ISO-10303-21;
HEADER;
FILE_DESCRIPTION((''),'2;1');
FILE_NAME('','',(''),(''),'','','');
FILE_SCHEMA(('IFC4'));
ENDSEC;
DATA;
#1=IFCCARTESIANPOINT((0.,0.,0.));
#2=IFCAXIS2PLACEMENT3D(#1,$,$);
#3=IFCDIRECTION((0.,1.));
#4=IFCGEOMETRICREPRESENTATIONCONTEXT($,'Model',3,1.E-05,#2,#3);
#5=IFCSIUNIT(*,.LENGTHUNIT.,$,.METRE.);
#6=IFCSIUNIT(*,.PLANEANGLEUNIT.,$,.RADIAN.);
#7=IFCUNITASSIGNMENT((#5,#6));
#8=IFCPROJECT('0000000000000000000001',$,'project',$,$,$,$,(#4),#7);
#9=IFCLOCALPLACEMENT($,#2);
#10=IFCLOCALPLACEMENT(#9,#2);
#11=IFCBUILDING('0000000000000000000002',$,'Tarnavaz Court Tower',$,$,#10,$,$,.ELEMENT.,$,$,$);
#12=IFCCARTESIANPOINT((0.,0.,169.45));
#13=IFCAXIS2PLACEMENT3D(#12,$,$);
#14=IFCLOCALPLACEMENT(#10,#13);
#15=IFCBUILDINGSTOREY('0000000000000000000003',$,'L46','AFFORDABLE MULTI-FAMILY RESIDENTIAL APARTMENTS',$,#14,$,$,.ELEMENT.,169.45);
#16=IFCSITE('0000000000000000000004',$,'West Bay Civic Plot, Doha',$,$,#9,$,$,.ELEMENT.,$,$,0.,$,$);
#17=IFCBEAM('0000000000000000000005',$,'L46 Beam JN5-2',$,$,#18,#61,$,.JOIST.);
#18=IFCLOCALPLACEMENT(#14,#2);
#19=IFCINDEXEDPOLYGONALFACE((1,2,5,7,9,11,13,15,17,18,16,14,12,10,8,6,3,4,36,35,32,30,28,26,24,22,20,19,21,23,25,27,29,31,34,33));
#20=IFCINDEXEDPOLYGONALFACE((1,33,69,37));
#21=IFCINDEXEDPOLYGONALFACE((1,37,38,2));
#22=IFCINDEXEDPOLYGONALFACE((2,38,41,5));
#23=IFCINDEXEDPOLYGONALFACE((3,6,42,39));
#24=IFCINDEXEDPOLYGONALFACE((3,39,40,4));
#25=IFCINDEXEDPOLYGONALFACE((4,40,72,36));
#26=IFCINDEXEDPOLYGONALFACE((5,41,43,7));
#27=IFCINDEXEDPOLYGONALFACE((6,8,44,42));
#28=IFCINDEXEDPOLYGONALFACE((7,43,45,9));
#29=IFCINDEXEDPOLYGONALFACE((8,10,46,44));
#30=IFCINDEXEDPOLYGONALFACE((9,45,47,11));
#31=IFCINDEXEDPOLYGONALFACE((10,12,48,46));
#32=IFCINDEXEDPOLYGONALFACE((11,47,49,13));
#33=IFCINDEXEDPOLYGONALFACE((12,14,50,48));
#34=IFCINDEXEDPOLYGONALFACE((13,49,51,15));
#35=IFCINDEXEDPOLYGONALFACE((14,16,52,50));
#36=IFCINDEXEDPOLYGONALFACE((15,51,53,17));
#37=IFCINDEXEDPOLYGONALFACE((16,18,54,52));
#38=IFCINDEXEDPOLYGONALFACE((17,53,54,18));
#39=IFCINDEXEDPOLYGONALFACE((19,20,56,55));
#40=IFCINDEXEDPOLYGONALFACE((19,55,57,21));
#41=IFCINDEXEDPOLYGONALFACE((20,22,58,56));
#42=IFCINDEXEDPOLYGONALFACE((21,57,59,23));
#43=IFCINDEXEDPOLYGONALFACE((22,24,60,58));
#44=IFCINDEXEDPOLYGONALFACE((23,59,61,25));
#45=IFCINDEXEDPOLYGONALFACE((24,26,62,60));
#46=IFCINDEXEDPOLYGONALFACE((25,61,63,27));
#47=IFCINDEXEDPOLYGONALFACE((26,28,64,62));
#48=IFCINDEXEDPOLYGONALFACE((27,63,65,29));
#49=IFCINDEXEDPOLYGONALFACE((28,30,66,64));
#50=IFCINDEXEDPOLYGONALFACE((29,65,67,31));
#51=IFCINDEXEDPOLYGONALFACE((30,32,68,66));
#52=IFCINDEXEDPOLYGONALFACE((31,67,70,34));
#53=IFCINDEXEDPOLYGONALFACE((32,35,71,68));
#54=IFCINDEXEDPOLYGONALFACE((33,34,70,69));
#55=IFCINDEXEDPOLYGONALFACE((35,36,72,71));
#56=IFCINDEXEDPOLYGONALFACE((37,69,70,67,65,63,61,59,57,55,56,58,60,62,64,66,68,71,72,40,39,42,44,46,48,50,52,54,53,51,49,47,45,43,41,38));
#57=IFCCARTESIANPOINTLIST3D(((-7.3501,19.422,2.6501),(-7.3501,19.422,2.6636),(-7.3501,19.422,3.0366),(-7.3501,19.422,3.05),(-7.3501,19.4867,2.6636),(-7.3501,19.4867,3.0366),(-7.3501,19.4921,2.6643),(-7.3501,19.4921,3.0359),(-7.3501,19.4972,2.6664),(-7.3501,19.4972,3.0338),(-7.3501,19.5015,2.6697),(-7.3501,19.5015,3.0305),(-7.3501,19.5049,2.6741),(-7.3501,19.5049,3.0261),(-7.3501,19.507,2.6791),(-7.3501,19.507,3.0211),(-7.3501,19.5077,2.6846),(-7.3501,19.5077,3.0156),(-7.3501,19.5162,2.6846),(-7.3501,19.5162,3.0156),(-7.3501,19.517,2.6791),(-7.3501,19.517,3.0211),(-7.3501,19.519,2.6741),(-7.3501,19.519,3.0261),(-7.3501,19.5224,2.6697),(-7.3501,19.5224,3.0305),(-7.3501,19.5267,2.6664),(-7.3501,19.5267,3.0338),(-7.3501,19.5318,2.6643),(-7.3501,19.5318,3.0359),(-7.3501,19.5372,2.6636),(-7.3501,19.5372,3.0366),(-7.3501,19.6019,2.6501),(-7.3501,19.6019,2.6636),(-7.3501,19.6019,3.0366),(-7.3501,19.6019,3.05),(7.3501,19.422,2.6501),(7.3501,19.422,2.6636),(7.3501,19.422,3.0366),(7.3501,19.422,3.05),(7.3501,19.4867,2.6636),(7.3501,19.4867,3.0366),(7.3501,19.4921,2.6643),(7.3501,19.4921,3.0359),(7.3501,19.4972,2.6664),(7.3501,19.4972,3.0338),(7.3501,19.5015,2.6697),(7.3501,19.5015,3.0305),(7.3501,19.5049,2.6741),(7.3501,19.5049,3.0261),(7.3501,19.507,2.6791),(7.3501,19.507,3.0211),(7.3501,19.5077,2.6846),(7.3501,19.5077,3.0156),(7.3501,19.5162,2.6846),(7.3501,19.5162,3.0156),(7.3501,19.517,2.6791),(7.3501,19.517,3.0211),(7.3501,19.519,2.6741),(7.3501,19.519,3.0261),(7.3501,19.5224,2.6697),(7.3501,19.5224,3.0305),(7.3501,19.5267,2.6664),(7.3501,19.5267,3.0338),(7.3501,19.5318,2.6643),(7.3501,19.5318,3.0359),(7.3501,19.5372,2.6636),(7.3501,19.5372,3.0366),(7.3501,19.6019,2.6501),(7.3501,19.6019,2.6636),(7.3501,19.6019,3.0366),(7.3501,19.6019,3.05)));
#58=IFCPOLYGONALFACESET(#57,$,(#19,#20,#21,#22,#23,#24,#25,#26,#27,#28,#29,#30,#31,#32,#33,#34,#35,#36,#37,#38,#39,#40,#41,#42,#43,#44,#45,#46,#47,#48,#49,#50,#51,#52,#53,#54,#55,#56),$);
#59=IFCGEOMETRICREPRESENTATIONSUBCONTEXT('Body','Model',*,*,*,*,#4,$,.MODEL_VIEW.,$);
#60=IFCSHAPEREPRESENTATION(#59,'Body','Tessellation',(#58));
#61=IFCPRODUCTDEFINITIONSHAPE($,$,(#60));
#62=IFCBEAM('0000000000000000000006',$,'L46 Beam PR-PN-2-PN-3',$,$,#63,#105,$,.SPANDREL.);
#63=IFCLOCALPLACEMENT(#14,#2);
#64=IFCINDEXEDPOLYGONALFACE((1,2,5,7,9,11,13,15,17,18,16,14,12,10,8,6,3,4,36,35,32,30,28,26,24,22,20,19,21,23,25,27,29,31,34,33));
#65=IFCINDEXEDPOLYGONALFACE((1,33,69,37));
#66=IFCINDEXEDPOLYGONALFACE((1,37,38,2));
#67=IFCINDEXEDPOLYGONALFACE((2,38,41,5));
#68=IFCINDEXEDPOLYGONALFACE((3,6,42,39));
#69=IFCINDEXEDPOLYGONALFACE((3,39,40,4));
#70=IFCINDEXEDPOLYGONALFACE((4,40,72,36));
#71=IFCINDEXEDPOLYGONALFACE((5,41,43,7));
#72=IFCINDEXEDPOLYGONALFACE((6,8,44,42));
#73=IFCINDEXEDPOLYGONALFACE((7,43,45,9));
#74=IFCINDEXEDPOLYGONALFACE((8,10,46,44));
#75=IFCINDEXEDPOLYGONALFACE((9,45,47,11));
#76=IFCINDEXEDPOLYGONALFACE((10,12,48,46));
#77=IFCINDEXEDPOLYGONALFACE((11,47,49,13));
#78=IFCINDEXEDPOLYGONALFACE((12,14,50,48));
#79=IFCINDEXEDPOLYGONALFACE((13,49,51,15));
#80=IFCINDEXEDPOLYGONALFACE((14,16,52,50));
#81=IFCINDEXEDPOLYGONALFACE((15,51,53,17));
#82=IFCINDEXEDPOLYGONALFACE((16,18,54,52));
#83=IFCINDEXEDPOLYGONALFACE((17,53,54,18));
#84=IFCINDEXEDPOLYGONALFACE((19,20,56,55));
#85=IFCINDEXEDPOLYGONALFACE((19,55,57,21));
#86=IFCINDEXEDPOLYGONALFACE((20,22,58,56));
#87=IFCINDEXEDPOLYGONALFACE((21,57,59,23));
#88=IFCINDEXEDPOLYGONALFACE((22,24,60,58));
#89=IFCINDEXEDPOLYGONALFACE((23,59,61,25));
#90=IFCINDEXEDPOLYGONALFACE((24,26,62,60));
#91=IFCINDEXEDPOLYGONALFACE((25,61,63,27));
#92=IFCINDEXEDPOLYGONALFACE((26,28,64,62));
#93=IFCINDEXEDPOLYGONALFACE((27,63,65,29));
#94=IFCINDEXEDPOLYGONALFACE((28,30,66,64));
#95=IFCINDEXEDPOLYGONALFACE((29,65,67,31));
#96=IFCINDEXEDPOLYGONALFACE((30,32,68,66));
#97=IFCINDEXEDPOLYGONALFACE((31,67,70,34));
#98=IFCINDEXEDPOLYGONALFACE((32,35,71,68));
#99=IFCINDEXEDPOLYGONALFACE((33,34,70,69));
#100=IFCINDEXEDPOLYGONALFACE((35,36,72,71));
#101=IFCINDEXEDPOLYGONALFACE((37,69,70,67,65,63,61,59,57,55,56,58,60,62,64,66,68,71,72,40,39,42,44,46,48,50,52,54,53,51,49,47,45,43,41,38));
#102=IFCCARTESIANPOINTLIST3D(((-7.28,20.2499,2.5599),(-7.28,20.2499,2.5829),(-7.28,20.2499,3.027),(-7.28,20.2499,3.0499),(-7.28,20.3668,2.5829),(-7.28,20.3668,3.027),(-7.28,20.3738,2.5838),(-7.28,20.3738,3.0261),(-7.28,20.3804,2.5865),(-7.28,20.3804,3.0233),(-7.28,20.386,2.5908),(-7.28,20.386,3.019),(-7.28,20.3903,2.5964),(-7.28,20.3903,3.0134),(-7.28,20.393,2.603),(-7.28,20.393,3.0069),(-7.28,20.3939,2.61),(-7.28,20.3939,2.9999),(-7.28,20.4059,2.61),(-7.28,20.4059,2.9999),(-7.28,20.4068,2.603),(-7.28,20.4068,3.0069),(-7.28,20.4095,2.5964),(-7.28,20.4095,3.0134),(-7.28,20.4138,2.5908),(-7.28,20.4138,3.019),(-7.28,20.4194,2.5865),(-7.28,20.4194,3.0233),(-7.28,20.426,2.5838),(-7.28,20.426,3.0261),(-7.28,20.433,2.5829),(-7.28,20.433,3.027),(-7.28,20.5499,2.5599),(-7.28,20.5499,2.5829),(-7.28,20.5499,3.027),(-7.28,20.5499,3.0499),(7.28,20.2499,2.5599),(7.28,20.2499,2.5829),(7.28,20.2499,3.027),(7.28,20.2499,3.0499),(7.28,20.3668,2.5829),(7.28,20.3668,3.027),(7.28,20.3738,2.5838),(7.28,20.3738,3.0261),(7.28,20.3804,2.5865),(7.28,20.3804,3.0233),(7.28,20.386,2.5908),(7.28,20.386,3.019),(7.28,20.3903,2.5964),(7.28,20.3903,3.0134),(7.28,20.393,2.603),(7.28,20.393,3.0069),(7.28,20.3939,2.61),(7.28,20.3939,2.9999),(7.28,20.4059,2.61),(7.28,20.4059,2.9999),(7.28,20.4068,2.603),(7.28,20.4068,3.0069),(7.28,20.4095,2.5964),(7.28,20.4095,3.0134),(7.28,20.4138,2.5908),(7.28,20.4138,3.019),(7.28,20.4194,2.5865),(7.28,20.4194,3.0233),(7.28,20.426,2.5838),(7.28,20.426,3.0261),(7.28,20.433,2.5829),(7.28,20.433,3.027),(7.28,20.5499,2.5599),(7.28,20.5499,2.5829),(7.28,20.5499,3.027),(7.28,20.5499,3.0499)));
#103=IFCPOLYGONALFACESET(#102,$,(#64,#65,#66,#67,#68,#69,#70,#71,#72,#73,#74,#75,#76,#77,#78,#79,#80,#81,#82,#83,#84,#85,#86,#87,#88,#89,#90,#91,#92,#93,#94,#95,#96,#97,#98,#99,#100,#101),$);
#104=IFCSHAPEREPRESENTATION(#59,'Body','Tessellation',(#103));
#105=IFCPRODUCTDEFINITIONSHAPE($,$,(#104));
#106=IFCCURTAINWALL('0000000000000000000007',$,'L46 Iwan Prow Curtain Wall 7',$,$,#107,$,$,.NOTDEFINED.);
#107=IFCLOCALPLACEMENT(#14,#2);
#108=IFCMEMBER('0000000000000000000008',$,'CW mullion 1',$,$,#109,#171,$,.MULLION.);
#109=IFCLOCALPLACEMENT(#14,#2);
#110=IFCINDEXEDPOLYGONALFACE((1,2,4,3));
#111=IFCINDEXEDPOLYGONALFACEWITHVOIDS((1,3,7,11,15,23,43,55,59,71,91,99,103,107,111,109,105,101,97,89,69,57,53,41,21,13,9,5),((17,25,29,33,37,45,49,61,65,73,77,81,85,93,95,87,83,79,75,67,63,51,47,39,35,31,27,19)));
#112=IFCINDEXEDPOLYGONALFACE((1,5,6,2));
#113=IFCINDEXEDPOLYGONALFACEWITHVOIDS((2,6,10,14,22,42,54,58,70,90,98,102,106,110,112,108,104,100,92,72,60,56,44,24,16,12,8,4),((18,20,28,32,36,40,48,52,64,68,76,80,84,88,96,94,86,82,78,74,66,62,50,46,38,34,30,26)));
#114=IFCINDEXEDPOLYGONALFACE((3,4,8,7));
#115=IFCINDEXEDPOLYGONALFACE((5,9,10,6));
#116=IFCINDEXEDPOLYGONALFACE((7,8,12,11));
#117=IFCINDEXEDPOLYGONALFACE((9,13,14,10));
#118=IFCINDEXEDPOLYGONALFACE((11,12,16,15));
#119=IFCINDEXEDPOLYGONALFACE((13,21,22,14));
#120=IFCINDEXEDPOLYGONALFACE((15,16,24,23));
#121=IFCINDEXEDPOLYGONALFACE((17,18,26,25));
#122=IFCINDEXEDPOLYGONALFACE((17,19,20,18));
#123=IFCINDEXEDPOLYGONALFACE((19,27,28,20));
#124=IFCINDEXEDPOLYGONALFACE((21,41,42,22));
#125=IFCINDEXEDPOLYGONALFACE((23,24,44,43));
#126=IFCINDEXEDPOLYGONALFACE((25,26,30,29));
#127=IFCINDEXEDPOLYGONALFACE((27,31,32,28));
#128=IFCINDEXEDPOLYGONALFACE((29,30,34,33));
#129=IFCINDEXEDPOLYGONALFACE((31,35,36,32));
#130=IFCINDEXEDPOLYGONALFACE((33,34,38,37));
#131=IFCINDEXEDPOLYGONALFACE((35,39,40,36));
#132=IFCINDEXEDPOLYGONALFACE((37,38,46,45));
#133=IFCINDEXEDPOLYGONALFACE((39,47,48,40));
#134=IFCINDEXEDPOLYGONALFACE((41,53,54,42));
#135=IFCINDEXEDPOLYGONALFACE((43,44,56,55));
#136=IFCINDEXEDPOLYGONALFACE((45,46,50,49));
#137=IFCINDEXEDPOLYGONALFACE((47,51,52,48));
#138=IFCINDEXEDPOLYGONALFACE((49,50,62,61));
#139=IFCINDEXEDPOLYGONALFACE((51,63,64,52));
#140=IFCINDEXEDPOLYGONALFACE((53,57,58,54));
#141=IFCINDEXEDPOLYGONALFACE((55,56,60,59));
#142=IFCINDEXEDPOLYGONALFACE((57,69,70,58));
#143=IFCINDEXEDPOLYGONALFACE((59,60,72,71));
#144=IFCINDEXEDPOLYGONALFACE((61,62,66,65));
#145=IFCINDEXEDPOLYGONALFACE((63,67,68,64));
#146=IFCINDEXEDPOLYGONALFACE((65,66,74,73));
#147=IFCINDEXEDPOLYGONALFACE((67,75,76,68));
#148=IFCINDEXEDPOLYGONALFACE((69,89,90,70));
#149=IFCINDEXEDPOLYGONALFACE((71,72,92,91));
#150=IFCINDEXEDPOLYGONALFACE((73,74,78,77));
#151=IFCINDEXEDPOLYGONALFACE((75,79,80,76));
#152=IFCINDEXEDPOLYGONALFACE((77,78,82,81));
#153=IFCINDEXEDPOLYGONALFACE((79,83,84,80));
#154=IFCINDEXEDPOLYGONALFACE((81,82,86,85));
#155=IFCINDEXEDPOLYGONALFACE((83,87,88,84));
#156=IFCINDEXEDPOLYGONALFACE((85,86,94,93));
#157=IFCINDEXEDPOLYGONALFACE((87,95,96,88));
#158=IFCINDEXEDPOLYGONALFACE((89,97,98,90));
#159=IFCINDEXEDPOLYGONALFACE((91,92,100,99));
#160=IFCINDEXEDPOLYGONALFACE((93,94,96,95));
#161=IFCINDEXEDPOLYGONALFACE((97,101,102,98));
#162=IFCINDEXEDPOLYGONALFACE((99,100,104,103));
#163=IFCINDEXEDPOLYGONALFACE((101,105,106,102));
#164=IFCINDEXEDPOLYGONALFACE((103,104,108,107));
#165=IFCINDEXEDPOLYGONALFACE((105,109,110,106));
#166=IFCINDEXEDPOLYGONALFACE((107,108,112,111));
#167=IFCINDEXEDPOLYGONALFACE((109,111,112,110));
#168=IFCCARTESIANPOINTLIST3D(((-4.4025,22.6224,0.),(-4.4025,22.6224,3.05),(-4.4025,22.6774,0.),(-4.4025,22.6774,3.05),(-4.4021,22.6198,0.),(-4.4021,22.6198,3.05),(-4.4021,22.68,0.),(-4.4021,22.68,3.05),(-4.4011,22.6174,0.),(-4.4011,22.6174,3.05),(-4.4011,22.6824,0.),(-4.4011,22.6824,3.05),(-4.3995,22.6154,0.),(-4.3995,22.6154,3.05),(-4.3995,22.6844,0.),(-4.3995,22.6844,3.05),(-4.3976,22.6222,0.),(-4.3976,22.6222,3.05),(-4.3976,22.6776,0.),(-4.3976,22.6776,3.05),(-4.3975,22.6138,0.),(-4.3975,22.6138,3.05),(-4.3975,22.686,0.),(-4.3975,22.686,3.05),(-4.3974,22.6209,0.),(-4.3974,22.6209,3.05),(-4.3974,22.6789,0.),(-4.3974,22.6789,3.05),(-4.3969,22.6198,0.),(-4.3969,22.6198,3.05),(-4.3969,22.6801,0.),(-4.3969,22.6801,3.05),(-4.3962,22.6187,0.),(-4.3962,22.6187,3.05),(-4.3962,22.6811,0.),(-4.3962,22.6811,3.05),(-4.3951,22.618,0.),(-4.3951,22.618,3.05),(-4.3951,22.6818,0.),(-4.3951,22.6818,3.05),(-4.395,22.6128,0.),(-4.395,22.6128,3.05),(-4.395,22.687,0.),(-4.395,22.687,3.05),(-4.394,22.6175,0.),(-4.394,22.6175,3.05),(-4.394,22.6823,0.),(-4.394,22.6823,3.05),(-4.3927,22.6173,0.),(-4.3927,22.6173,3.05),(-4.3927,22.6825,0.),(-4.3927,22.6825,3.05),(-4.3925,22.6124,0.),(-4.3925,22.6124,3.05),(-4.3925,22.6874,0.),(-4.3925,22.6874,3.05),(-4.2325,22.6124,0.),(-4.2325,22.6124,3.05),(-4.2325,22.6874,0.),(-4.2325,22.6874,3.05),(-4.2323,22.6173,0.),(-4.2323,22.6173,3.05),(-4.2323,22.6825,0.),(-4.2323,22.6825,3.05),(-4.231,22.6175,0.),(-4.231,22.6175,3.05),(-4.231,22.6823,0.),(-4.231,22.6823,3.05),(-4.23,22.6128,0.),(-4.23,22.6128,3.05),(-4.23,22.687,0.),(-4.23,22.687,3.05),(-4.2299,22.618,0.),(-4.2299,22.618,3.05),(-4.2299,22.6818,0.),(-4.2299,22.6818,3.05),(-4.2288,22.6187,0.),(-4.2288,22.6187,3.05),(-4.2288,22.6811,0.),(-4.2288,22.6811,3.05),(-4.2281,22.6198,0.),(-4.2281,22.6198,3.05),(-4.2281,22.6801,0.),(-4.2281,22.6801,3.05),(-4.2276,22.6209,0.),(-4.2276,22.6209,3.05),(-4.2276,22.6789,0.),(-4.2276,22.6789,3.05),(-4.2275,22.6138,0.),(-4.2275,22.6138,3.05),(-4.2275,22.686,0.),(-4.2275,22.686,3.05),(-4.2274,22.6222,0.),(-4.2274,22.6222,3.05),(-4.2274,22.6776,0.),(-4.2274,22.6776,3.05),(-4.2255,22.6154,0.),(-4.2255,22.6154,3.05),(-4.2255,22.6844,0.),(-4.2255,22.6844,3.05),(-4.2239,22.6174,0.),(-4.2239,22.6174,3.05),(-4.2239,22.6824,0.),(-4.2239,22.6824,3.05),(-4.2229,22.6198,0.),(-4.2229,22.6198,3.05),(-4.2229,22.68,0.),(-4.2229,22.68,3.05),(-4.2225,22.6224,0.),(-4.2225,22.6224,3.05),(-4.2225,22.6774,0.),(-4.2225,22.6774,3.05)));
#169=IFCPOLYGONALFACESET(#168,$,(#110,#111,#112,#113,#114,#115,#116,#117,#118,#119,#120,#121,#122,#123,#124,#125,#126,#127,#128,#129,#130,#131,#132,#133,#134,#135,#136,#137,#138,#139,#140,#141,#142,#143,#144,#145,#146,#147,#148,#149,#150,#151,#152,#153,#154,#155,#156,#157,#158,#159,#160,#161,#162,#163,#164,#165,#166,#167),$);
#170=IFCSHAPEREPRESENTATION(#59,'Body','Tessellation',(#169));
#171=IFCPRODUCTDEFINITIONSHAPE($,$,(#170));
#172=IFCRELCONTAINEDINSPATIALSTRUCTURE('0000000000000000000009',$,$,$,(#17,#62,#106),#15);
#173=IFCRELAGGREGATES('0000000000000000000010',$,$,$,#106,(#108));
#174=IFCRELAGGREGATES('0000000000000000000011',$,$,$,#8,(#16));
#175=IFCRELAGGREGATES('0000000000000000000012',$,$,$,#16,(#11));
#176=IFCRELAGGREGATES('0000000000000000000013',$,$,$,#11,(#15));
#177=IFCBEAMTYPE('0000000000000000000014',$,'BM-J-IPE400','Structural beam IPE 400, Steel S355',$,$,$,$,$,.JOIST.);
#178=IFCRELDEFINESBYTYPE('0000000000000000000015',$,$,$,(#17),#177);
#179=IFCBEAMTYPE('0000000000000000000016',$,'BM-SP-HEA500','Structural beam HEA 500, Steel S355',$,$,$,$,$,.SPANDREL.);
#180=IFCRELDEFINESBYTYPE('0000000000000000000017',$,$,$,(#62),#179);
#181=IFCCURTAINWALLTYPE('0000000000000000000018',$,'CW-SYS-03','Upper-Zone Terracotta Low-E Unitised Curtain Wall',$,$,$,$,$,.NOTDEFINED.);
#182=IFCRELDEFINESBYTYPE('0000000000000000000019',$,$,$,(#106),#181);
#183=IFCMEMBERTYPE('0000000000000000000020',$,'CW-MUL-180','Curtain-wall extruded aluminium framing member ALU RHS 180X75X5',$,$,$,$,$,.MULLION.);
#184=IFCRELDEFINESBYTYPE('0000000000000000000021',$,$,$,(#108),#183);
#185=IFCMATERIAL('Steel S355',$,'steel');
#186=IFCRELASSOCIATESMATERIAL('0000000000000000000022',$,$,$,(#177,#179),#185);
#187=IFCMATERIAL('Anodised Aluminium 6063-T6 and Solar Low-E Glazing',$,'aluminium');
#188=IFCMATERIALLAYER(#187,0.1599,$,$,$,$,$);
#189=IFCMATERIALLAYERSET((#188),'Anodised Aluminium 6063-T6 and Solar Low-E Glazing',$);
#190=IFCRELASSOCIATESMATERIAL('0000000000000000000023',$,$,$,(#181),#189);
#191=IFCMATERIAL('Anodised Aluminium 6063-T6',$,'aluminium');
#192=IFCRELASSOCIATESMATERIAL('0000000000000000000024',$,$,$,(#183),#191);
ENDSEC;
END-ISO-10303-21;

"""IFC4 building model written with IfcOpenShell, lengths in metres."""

from ifc_helpers import new_model, si_unit, direction, frame, origin, origin_2d, place, context, subcontext, project, spatial, hollow_rectangle, i_section, extrude, material, layer, layer_set, material_profile, profile_set, type_object, element, aggregate, save


model = new_model("IFC4")

# Units and contexts
model_context = context("Model", 3, precision=1e-05, world=origin(), true_north=direction((0.0, 1.0)))
body_context = subcontext(model_context, "Body", "Model", "MODEL_VIEW")
ifc_project = project(units=[si_unit("LENGTHUNIT", "METRE"), si_unit("PLANEANGLEUNIT", "RADIAN")], contexts=[model_context])

# Site, building, storey
site_placement = place(None, origin())
site = spatial("IfcSite", under=ifc_project, at=site_placement, Name="West Bay Civic Plot, Doha", CompositionType="ELEMENT", RefElevation=0.0)
building_placement = place(site_placement, origin())
building = spatial("IfcBuilding", under=site, at=building_placement, Name="Tarnavaz Court Tower", CompositionType="ELEMENT")
storey_placement = place(building_placement, frame((0.0, 0.0, 169.45)))
storey = spatial("IfcBuildingStorey", under=building, at=storey_placement, Name="L46", Description="AFFORDABLE MULTI-FAMILY RESIDENTIAL APARTMENTS", CompositionType="ELEMENT", Elevation=169.45)

# Beams
ifc_material_1 = material(Name="Steel S355", Category="steel")
ifc_material_profile_1 = material_profile(ifc_material_1, i_section(OverallWidth=0.1799, OverallDepth=0.3999, WebThickness=0.0085, FlangeThickness=0.0134, FilletRadius=0.021, at=origin_2d()), Name="IPE 400")
ifc_profile_set_1 = profile_set([ifc_material_profile_1], Name="Steel S355")
beam_type_1 = type_object("IfcBeamType", Name="BM-J-IPE400", Description="Structural beam IPE 400, Steel S355", PredefinedType="JOIST", material=ifc_profile_set_1)
for number, where, z_axis, x_axis, name in (
    (1, (-7.3501, 19.512, 2.8501), (1.0, 0.0, 0.0), (0.0, 1.0, 0.0), "L46 Beam JN5-2"),
):
    element("IfcBeam", number, at=place(storey_placement, frame(where, z_axis=z_axis, x_axis=x_axis)), inside=storey, type_object=beam_type_1, Name=name, PredefinedType="JOIST", context=body_context, shape_type="SweptSolid", body=[
        extrude(i_section(OverallWidth=0.1799, OverallDepth=0.3999, WebThickness=0.0085, FlangeThickness=0.0134, FilletRadius=0.021, at=origin_2d()), origin(), (0.0, 0.0, 1.0), 14.7002),
    ])
ifc_material_profile_2 = material_profile(ifc_material_1, i_section(OverallWidth=0.3, OverallDepth=0.49, WebThickness=0.012, FlangeThickness=0.0229, FilletRadius=0.0271, at=origin_2d()), Name="HEA 500")
ifc_profile_set_2 = profile_set([ifc_material_profile_2], Name="Steel S355")
beam_type_2 = type_object("IfcBeamType", Name="BM-SP-HEA500", Description="Structural beam HEA 500, Steel S355", PredefinedType="SPANDREL", material=ifc_profile_set_2)
beam_placement = place(storey_placement, frame((-7.28, 20.3999, 2.8049), z_axis=(1.0, 0.0, 0.0), x_axis=(0.0, 1.0, 0.0)))
element("IfcBeam", 2, at=beam_placement, inside=storey, type_object=beam_type_2, Name="L46 Beam PR-PN-2-PN-3", PredefinedType="SPANDREL", context=body_context, shape_type="SweptSolid", body=[
    extrude(i_section(OverallWidth=0.3, OverallDepth=0.49, WebThickness=0.012, FlangeThickness=0.0229, FilletRadius=0.0271, at=origin_2d()), origin(), (0.0, 0.0, 1.0), 14.5601),
])

# Curtain wall, member
ifc_material_2 = material(Name="Anodised Aluminium 6063-T6 and Solar Low-E Glazing", Category="aluminium")
ifc_layer_1 = layer(ifc_material_2, 0.1599)
ifc_layer_set_1 = layer_set([ifc_layer_1], Name="Anodised Aluminium 6063-T6 and Solar Low-E Glazing")
curtain_wall_type = type_object("IfcCurtainWallType", Name="CW-SYS-03", Description="Upper-Zone Terracotta Low-E Unitised Curtain Wall", PredefinedType="NOTDEFINED", material=ifc_layer_set_1)
curtain_wall_placement = place(storey_placement, origin())
curtain_wall = element("IfcCurtainWall", 3, at=curtain_wall_placement, inside=storey, type_object=curtain_wall_type, Name="L46 Iwan Prow Curtain Wall 7", PredefinedType="NOTDEFINED")
ifc_material_3 = material(Name="Anodised Aluminium 6063-T6", Category="aluminium")
ifc_material_profile_3 = material_profile(ifc_material_3, hollow_rectangle(XDim=0.075, YDim=0.1799, WallThickness=0.0049, InnerFilletRadius=0.0049, OuterFilletRadius=0.01, at=origin_2d()), Name="ALU RHS 180X75X5")
ifc_profile_set_3 = profile_set([ifc_material_profile_3], Name="Anodised Aluminium 6063-T6")
member_type_1 = type_object("IfcMemberType", Name="CW-MUL-180", Description="Curtain-wall extruded aluminium framing member ALU RHS 180X75X5", PredefinedType="MULLION", material=ifc_profile_set_3)
member_1_placement = place(storey_placement, frame((-4.3125, 22.6499, 0.0), z_axis=(0.0, 0.0, 1.0), x_axis=(0.0, 1.0, 0.0)))
member_1 = element("IfcMember", 4, at=member_1_placement, type_object=member_type_1, Name="CW mullion 1", PredefinedType="MULLION", context=body_context, shape_type="SweptSolid", body=[
    extrude(hollow_rectangle(XDim=0.075, YDim=0.1799, WallThickness=0.0049, InnerFilletRadius=0.0049, OuterFilletRadius=0.01, at=origin_2d()), origin(), (0.0, 0.0, 1.0), 3.05),
])
aggregate(curtain_wall, [member_1])

save(model, "model.ifc")
